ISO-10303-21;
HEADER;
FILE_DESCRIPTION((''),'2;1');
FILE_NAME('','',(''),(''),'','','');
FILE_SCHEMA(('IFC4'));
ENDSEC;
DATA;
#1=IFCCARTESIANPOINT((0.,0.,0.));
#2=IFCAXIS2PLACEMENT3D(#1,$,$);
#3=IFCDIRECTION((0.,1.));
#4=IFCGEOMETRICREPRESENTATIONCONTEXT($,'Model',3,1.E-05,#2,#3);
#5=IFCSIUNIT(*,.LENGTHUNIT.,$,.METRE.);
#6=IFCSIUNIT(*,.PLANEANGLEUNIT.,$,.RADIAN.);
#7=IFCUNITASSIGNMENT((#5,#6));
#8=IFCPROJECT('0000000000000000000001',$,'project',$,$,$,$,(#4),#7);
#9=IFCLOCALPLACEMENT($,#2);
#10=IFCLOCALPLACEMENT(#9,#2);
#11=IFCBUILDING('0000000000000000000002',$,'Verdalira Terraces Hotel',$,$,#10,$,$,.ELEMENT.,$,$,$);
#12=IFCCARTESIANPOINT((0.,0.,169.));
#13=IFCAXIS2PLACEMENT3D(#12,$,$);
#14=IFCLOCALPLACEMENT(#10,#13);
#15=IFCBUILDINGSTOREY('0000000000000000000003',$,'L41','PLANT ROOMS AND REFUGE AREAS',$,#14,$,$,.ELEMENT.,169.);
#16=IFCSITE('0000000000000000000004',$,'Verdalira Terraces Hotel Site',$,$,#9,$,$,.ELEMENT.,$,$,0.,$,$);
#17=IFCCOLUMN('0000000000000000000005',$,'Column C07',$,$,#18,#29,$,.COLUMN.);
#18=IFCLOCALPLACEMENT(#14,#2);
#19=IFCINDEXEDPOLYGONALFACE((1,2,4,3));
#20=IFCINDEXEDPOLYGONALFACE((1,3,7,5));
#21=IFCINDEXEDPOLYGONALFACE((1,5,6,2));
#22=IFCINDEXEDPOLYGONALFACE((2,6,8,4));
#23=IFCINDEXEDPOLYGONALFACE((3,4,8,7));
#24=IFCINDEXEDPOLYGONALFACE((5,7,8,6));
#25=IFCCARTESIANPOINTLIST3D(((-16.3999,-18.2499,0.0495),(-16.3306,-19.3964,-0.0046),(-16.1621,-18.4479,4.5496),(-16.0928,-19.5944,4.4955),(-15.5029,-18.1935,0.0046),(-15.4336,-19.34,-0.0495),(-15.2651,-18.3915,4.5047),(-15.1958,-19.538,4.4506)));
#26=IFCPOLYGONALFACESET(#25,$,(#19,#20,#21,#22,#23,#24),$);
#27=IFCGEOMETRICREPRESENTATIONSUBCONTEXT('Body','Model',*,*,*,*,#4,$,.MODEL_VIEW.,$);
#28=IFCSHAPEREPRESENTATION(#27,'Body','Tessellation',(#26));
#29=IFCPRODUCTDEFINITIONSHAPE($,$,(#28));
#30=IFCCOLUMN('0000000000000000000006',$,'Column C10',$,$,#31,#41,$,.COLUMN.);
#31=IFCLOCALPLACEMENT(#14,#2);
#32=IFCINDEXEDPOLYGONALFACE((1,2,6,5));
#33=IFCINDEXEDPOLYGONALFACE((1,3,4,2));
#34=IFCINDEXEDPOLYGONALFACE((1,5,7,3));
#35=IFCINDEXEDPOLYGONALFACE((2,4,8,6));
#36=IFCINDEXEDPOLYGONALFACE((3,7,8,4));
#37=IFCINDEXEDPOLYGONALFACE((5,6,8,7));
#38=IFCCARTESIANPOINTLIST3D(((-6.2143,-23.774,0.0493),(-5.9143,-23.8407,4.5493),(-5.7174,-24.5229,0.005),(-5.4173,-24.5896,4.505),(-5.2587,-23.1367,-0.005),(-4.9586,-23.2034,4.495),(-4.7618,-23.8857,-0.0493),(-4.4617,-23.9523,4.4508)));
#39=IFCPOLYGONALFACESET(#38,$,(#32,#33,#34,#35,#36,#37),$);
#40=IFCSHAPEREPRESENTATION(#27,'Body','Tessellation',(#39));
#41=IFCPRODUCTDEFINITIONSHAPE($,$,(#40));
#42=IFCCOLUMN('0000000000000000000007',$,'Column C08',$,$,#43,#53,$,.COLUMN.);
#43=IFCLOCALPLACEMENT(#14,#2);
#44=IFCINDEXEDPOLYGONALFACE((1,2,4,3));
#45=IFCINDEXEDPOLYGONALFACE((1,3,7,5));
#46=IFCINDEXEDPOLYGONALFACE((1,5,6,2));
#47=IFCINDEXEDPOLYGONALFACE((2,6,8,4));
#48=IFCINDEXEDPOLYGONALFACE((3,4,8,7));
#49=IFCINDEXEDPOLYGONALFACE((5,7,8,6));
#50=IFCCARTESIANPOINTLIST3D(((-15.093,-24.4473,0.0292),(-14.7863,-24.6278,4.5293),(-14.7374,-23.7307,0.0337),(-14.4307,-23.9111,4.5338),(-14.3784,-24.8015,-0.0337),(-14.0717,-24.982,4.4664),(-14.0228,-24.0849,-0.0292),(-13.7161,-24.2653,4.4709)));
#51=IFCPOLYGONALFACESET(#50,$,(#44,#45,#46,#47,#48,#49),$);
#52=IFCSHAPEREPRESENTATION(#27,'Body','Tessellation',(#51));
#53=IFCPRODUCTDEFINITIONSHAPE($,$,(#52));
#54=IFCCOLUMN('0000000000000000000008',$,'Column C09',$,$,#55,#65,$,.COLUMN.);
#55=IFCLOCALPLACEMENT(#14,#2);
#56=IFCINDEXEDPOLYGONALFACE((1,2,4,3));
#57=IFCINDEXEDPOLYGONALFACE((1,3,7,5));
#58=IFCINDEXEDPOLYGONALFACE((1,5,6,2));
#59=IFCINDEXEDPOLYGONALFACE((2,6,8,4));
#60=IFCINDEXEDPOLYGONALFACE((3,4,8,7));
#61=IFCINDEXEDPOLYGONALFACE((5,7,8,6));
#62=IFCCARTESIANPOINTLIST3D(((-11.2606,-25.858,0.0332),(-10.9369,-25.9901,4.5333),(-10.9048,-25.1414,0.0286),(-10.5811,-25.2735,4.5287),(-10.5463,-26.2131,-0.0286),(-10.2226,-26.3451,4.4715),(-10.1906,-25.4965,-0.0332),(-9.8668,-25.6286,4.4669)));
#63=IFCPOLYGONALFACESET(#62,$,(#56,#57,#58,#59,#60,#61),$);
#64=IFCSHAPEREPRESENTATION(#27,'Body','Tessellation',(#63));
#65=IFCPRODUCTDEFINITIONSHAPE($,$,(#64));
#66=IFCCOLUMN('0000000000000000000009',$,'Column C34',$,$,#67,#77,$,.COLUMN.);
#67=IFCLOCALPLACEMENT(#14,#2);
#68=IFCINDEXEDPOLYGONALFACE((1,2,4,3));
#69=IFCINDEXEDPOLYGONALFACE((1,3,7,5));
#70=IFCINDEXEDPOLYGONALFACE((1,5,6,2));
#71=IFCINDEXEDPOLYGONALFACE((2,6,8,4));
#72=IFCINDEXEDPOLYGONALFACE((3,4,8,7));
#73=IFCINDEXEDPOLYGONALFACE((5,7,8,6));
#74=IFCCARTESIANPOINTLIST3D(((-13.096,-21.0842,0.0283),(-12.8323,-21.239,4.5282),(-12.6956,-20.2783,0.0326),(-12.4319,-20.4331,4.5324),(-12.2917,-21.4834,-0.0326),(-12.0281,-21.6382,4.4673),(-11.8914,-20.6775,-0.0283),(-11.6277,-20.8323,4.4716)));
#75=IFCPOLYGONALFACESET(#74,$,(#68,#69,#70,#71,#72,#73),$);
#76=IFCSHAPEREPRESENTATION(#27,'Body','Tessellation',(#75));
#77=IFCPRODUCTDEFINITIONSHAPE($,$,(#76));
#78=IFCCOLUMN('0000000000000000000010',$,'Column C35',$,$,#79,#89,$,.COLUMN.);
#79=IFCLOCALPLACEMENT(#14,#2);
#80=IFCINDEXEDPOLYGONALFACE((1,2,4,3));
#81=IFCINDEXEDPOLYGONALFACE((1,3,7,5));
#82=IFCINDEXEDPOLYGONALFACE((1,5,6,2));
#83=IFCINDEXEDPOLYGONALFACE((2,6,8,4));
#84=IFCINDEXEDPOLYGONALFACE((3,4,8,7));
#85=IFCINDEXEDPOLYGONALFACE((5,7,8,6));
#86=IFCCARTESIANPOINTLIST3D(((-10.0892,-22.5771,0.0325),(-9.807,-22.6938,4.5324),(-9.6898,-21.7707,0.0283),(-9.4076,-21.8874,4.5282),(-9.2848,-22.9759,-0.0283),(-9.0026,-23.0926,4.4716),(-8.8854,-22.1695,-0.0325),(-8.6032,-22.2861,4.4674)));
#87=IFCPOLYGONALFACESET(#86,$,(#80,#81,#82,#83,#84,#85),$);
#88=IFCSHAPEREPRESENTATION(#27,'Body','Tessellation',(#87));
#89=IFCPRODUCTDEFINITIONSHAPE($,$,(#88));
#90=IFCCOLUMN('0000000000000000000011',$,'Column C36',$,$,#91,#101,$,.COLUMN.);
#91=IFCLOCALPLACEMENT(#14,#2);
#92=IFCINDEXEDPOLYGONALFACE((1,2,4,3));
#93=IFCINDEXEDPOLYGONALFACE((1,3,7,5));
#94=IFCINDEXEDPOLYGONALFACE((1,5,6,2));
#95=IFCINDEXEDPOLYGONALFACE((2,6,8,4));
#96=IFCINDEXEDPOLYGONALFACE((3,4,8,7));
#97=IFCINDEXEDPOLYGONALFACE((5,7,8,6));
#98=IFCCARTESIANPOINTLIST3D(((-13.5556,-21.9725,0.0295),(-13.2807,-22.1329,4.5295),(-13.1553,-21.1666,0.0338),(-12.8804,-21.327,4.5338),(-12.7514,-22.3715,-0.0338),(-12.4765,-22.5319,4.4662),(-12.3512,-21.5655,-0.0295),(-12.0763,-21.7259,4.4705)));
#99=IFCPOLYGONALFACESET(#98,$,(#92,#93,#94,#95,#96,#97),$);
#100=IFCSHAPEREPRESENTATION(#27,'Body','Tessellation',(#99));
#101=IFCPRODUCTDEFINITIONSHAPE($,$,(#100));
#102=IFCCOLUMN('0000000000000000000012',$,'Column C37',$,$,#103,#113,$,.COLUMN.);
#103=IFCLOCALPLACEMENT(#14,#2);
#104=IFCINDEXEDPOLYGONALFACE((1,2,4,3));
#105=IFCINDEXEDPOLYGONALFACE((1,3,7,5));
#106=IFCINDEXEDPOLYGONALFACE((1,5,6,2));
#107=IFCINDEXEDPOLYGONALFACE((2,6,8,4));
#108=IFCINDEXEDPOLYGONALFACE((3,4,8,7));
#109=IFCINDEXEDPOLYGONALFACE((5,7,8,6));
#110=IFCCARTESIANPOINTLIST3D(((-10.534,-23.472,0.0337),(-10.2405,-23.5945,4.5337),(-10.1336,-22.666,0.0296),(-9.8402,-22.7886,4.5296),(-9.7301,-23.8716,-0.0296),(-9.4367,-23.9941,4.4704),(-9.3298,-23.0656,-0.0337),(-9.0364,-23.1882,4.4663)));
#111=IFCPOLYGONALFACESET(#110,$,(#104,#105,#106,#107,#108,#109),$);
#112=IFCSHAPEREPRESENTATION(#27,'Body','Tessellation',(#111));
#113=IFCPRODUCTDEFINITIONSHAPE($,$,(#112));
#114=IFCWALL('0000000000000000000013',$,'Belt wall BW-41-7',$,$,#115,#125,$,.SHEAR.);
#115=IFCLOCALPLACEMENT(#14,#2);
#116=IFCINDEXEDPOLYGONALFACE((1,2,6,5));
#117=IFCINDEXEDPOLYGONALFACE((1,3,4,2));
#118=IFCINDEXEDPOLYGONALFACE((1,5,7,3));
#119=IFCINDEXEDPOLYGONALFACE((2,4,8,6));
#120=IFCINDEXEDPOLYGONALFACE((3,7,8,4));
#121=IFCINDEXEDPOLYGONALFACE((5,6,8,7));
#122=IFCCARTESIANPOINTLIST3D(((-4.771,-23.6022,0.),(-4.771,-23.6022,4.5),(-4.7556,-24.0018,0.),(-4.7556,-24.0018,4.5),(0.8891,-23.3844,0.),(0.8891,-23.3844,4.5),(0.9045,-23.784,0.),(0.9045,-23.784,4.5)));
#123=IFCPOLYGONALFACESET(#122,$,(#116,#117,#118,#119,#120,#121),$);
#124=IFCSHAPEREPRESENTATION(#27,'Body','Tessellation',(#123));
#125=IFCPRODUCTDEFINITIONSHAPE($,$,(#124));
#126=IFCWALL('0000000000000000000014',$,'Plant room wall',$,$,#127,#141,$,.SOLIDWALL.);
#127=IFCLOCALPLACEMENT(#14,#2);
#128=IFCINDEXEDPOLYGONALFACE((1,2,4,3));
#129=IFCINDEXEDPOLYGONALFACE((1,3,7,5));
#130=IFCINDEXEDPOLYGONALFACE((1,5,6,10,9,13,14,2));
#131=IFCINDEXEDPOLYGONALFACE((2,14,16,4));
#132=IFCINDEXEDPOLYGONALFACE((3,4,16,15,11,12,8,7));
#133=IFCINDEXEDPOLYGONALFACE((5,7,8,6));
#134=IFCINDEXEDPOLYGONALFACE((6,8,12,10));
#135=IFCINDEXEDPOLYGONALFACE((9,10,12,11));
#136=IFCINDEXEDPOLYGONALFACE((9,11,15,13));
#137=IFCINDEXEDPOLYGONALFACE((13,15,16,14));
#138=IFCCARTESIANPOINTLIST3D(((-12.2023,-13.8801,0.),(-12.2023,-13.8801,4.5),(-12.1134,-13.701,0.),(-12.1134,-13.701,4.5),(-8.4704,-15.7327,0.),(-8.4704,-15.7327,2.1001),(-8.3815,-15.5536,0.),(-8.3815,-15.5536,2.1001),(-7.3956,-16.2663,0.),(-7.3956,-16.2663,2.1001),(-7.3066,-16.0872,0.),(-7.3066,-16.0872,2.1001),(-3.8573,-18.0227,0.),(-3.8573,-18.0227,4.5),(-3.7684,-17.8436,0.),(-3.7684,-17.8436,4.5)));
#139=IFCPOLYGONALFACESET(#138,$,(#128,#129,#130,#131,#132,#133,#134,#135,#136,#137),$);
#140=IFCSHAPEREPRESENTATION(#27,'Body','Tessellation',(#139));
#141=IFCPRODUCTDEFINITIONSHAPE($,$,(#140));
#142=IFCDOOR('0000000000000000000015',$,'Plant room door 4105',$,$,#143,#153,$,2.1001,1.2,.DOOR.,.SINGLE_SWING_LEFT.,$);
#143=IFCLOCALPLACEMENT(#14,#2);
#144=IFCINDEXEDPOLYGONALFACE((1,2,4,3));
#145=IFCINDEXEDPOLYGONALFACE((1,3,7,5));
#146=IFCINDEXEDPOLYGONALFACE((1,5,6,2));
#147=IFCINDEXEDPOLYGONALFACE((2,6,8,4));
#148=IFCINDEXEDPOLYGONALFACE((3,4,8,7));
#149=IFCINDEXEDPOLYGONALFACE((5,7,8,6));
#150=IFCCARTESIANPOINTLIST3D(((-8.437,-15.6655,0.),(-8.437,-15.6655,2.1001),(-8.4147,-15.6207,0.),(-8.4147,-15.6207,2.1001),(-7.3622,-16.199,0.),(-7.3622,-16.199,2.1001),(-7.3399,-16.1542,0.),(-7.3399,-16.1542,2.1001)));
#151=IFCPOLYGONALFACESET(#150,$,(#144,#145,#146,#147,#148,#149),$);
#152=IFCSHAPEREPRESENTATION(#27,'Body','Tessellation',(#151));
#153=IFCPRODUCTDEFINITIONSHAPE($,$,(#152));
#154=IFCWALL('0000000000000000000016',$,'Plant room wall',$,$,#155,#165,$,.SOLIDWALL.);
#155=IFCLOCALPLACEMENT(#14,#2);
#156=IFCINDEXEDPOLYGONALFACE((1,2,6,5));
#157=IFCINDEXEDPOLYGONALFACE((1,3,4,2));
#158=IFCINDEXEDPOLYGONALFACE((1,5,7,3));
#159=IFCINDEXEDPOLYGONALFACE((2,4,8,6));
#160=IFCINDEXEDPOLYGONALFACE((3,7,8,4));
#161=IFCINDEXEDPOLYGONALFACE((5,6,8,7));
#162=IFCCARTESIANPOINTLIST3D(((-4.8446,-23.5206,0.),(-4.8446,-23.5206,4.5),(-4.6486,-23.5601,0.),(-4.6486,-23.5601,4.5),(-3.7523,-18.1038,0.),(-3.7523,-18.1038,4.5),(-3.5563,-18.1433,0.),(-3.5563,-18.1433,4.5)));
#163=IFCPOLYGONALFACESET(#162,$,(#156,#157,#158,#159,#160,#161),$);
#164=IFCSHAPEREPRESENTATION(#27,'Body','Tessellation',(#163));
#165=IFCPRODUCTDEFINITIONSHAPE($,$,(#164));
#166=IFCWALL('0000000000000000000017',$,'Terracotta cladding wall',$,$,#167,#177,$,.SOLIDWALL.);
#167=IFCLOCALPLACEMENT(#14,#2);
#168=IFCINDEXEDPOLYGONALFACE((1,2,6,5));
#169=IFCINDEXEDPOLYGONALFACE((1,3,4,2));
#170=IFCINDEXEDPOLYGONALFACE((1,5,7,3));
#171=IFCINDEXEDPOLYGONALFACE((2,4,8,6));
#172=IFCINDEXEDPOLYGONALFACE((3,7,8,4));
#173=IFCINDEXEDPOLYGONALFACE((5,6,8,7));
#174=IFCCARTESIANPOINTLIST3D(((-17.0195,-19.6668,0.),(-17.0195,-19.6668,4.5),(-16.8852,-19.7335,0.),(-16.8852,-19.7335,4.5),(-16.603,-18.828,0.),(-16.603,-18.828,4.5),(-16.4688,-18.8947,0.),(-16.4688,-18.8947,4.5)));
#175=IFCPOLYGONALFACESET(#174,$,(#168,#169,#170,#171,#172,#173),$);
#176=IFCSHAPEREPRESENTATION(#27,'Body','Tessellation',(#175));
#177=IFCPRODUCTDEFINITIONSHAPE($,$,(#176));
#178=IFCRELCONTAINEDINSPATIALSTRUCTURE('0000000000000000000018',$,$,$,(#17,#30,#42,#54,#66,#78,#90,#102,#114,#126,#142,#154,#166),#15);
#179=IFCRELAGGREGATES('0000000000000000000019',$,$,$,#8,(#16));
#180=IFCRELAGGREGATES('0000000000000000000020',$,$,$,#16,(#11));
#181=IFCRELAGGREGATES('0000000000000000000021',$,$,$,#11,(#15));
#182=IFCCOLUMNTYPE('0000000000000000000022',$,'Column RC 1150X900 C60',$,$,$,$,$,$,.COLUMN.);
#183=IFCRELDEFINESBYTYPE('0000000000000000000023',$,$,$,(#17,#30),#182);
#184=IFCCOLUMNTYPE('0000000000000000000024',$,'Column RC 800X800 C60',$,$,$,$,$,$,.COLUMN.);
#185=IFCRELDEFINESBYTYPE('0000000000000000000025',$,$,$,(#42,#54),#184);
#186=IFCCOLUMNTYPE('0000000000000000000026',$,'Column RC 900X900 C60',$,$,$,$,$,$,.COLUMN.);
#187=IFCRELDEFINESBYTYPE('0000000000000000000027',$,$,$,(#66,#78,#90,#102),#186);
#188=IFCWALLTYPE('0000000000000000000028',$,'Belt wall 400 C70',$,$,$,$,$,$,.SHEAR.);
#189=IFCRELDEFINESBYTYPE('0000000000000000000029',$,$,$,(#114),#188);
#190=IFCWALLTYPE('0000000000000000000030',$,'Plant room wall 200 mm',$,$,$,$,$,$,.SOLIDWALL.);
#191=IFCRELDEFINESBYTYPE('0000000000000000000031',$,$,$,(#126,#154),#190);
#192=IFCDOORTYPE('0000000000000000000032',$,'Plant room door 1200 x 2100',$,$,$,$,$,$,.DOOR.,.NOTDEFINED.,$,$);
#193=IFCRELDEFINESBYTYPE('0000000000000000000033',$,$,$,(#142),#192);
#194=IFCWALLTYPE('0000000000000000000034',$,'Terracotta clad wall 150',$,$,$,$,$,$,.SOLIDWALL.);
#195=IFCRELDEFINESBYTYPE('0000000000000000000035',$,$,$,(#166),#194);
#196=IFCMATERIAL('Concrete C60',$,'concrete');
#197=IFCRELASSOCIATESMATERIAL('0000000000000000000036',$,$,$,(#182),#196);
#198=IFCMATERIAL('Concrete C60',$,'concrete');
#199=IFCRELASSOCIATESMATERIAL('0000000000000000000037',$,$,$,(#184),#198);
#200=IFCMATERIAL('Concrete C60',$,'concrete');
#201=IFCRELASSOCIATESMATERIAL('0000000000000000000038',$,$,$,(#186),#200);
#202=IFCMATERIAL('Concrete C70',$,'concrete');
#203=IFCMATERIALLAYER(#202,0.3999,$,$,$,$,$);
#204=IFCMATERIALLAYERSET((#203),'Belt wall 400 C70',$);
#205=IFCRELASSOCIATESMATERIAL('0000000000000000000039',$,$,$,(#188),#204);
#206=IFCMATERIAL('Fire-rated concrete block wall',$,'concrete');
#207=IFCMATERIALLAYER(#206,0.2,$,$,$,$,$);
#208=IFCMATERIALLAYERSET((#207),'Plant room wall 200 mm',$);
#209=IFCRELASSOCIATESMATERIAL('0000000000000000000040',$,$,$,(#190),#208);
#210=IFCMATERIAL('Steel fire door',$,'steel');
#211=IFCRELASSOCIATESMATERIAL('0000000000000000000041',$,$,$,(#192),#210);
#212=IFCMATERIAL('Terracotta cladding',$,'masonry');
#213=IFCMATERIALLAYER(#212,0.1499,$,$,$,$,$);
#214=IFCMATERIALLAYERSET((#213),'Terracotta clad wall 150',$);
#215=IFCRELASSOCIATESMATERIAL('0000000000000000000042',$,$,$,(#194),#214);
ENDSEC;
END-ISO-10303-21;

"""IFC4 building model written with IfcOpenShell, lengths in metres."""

from ifc_helpers import new_model, si_unit, direction, frame, frame_2d, origin, origin_2d, place, context, subcontext, project, spatial, rectangle, extrude, material, layer, layer_set, material_profile, profile_set, type_object, element, fill, save


model = new_model("IFC4")

# Units and contexts
model_context = context("Model", 3, precision=1e-05, world=origin(), true_north=direction((0.0, 1.0)))
body_context = subcontext(model_context, "Body", "Model", "MODEL_VIEW")
ifc_project = project(units=[si_unit("LENGTHUNIT", "METRE"), si_unit("PLANEANGLEUNIT", "RADIAN")], contexts=[model_context])

# Site, building, storey
site_placement = place(None, origin())
site = spatial("IfcSite", under=ifc_project, at=site_placement, Name="Verdalira Terraces Hotel Site", CompositionType="ELEMENT", RefElevation=0.0)
building_placement = place(site_placement, origin())
building = spatial("IfcBuilding", under=site, at=building_placement, Name="Verdalira Terraces Hotel", CompositionType="ELEMENT")
storey_placement = place(building_placement, frame((0.0, 0.0, 169.0)))
storey = spatial("IfcBuildingStorey", under=building, at=storey_placement, Name="L41", Description="PLANT ROOMS AND REFUGE AREAS", CompositionType="ELEMENT", Elevation=169.0)

# Columns
ifc_material_1 = material(Name="Concrete C60", Category="concrete")
ifc_material_profile_1 = material_profile(ifc_material_1, rectangle(XDim=1.1499, YDim=0.8999, at=origin_2d()), Name="RC 1150X900")
ifc_profile_set_1 = profile_set([ifc_material_profile_1], Name="Concrete C60")
column_type_1 = type_object("IfcColumnType", Name="Column RC 1150X900 C60", PredefinedType="COLUMN", material=ifc_profile_set_1)
column_1_placement = place(storey_placement, frame((-15.9167, -18.7949, 0.0), z_axis=(0.052718, -0.043896, 0.997644), x_axis=(-0.060336, 0.997068, 0.047059)))
element("IfcColumn", 1, at=column_1_placement, inside=storey, type_object=column_type_1, Name="Column C07", PredefinedType="COLUMN", context=body_context, shape_type="SweptSolid", body=[
    extrude(rectangle(XDim=1.1499, YDim=0.8999, at=origin_2d()), origin(), (0.0, 0.0, 1.0), 4.5107),
])
column_2_placement = place(storey_placement, frame((-5.488, -23.8298, 0.0), z_axis=(0.066523, -0.014777, 0.997675), x_axis=(-0.831044, -0.5542, 0.047204)))
element("IfcColumn", 2, at=column_2_placement, inside=storey, type_object=column_type_1, Name="Column C10", PredefinedType="COLUMN", context=body_context, shape_type="SweptSolid", body=[
    extrude(rectangle(XDim=1.1499, YDim=0.8999, at=origin_2d()), origin(), (0.0, 0.0, 1.0), 4.5105),
])
ifc_material_2 = material(Name="Concrete C60", Category="concrete")
ifc_material_profile_2 = material_profile(ifc_material_2, rectangle(XDim=0.8, YDim=0.8, at=origin_2d()), Name="RC 800X800")
ifc_profile_set_2 = profile_set([ifc_material_profile_2], Name="Concrete C60")
column_type_2 = type_object("IfcColumnType", Name="Column RC 800X800 C60", PredefinedType="COLUMN", material=ifc_profile_set_2)
column_3_placement = place(storey_placement, frame((-14.5579, -24.2661, 0.0), z_axis=(0.06793, -0.039969, 0.996889), x_axis=(0.893205, -0.442724, -0.078615)))
element("IfcColumn", 3, at=column_3_placement, inside=storey, type_object=column_type_2, Name="Column C08", PredefinedType="COLUMN", context=body_context, shape_type="SweptSolid", body=[
    extrude(rectangle(XDim=0.8, YDim=0.8, at=origin_2d()), origin(), (0.0, 0.0, 1.0), 4.5142),
])
column_4_placement = place(storey_placement, frame((-10.7256, -25.6772, 0.0), z_axis=(0.071724, -0.029263, 0.996995), x_axis=(0.892804, -0.443771, -0.077254)))
element("IfcColumn", 4, at=column_4_placement, inside=storey, type_object=column_type_2, Name="Column C09", PredefinedType="COLUMN", context=body_context, shape_type="SweptSolid", body=[
    extrude(rectangle(XDim=0.8, YDim=0.8, at=origin_2d()), origin(), (0.0, 0.0, 1.0), 4.5137),
])
ifc_material_3 = material(Name="Concrete C60", Category="concrete")
ifc_material_profile_3 = material_profile(ifc_material_3, rectangle(XDim=0.8999, YDim=0.8999, at=origin_2d()), Name="RC 900X900")
ifc_profile_set_3 = profile_set([ifc_material_profile_3], Name="Concrete C60")
column_type_3 = type_object("IfcColumnType", Name="Column RC 900X900 C60", PredefinedType="COLUMN", material=ifc_profile_set_3)
for number, where, z_axis, x_axis, name in (
    (5, (-12.4937, -20.8809, 0.0), (0.058459, -0.034318, 0.9977), (-0.444932, -0.895552, -0.004734), "Column C34"),
    (6, (-9.4873, -22.3733, 0.0), (0.062573, -0.025874, 0.997705), (-0.443813, -0.896108, 0.004596), "Column C35"),
):
    element("IfcColumn", number, at=place(storey_placement, frame(where, z_axis=z_axis, x_axis=x_axis)), inside=storey, type_object=column_type_3, Name=name, PredefinedType="COLUMN", context=body_context, shape_type="SweptSolid", body=[
        extrude(rectangle(XDim=0.8999, YDim=0.8999, at=origin_2d()), origin(), (0.0, 0.0, 1.0), 4.5103),
    ])
for number, where, z_axis, x_axis, name in (
    (7, (-12.9534, -21.769, 0.0), (0.060937, -0.035556, 0.997508), (-0.444753, -0.895641, -0.004755), "Column C36"),
    (8, (-9.9319, -23.2688, 0.0), (0.06505, -0.027167, 0.997512), (-0.444851, -0.895593, 0.004618), "Column C37"),
):
    element("IfcColumn", number, at=place(storey_placement, frame(where, z_axis=z_axis, x_axis=x_axis)), inside=storey, type_object=column_type_3, Name=name, PredefinedType="COLUMN", context=body_context, shape_type="SweptSolid", body=[
        extrude(rectangle(XDim=0.8999, YDim=0.8999, at=origin_2d()), origin(), (0.0, 0.0, 1.0), 4.5112),
    ])

# Wall
ifc_material_4 = material(Name="Concrete C70", Category="concrete")
ifc_layer_1 = layer(ifc_material_4, 0.3999)
ifc_layer_set_1 = layer_set([ifc_layer_1], Name="Belt wall 400 C70")
wall_type_1 = type_object("IfcWallType", Name="Belt wall 400 C70", PredefinedType="SHEAR", material=ifc_layer_set_1)
wall_1_placement = place(storey_placement, frame((-4.7632, -23.802, 0.0), z_axis=(0.0, 0.0, 1.0), x_axis=(0.999261, 0.038446, 0.0)))
element("IfcWall", 9, at=wall_1_placement, inside=storey, type_object=wall_type_1, Name="Belt wall BW-41-7", PredefinedType="SHEAR", context=body_context, shape_type="SweptSolid", body=[
    extrude(rectangle(XDim=5.6643, YDim=0.3999, at=frame_2d((2.832, 0.0))), origin(), (0.0, 0.0, 1.0), 4.5),
])

# Wall, opening, door
ifc_material_5 = material(Name="Fire-rated concrete block wall", Category="concrete")
ifc_layer_2 = layer(ifc_material_5, 0.2)
ifc_layer_set_2 = layer_set([ifc_layer_2], Name="Plant room wall 200 mm")
wall_type_2 = type_object("IfcWallType", Name="Plant room wall 200 mm", PredefinedType="SOLIDWALL", material=ifc_layer_set_2)
wall_2_placement = place(storey_placement, frame((-3.813, -17.9331, 0.0), z_axis=(0.0, 0.0, 1.0), x_axis=(-0.895708, 0.444644, 0.0)))
wall_2 = element("IfcWall", 10, at=wall_2_placement, inside=storey, type_object=wall_type_2, Name="Plant room wall", PredefinedType="SOLIDWALL", context=body_context, shape_type="SweptSolid", body=[
    extrude(rectangle(XDim=9.3166, YDim=0.2, at=frame_2d((4.6582, 0.0))), origin(), (0.0, 0.0, 1.0), 4.5),
])
opening_placement = place(wall_2_placement, frame((3.95, 0.0, 0.0)))
opening = element("IfcOpeningElement", 11, at=opening_placement, cuts=wall_2, PredefinedType="OPENING", context=body_context, shape_type="SweptSolid", body=[
    extrude(rectangle(XDim=1.2, YDim=2.1001, at=frame_2d((0.6001, 1.05))), frame((0.0, 0.1099, 0.0), z_axis=(0.0, -1.0, 0.0), x_axis=(1.0, 0.0, 0.0)), (0.0, 0.0, 1.0), 0.22),
])
ifc_material_6 = material(Name="Steel fire door", Category="steel")
door_type = type_object("IfcDoorType", Name="Plant room door 1200 x 2100", OperationType="NOTDEFINED", PredefinedType="DOOR", material=ifc_material_6)
door_placement = place(opening_placement, origin())
door = element("IfcDoor", 12, at=door_placement, inside=storey, type_object=door_type, Name="Plant room door 4105", OperationType="SINGLE_SWING_LEFT", OverallHeight=2.1001, OverallWidth=1.2, PredefinedType="DOOR", context=body_context, shape_type="SweptSolid", body=[
    extrude(rectangle(XDim=1.2, YDim=2.1001, at=frame_2d((0.6001, 1.05))), frame((0.0, 0.0249, 0.0), z_axis=(0.0, -1.0, 0.0), x_axis=(1.0, 0.0, 0.0)), (0.0, 0.0, 1.0), 0.05),
])
fill(opening, door)

# Walls
wall_3_placement = place(storey_placement, frame((-3.6543, -18.1235, 0.0), z_axis=(0.0, 0.0, 1.0), x_axis=(-0.197671, -0.980268, 0.0)))
element("IfcWall", 13, at=wall_3_placement, inside=storey, type_object=wall_type_2, Name="Plant room wall", PredefinedType="SOLIDWALL", context=body_context, shape_type="SweptSolid", body=[
    extrude(rectangle(XDim=5.5259, YDim=0.2, at=frame_2d((2.7629, 0.0))), origin(), (0.0, 0.0, 1.0), 4.5),
])
ifc_material_7 = material(Name="Terracotta cladding", Category="masonry")
ifc_layer_3 = layer(ifc_material_7, 0.1499)
ifc_layer_set_3 = layer_set([ifc_layer_3], Name="Terracotta clad wall 150")
wall_type_3 = type_object("IfcWallType", Name="Terracotta clad wall 150", PredefinedType="SOLIDWALL", material=ifc_layer_set_3)
wall_4_placement = place(storey_placement, frame((-16.5359, -18.8613, 0.0), z_axis=(0.0, 0.0, 1.0), x_axis=(-0.444709, -0.895675, 0.0)))
element("IfcWall", 14, at=wall_4_placement, inside=storey, type_object=wall_type_3, Name="Terracotta cladding wall", PredefinedType="SOLIDWALL", context=body_context, shape_type="SweptSolid", body=[
    extrude(rectangle(XDim=0.9365, YDim=0.1499, at=frame_2d((0.4683, 0.0))), origin(), (0.0, 0.0, 1.0), 4.5),
])

save(model, "model.ifc")
